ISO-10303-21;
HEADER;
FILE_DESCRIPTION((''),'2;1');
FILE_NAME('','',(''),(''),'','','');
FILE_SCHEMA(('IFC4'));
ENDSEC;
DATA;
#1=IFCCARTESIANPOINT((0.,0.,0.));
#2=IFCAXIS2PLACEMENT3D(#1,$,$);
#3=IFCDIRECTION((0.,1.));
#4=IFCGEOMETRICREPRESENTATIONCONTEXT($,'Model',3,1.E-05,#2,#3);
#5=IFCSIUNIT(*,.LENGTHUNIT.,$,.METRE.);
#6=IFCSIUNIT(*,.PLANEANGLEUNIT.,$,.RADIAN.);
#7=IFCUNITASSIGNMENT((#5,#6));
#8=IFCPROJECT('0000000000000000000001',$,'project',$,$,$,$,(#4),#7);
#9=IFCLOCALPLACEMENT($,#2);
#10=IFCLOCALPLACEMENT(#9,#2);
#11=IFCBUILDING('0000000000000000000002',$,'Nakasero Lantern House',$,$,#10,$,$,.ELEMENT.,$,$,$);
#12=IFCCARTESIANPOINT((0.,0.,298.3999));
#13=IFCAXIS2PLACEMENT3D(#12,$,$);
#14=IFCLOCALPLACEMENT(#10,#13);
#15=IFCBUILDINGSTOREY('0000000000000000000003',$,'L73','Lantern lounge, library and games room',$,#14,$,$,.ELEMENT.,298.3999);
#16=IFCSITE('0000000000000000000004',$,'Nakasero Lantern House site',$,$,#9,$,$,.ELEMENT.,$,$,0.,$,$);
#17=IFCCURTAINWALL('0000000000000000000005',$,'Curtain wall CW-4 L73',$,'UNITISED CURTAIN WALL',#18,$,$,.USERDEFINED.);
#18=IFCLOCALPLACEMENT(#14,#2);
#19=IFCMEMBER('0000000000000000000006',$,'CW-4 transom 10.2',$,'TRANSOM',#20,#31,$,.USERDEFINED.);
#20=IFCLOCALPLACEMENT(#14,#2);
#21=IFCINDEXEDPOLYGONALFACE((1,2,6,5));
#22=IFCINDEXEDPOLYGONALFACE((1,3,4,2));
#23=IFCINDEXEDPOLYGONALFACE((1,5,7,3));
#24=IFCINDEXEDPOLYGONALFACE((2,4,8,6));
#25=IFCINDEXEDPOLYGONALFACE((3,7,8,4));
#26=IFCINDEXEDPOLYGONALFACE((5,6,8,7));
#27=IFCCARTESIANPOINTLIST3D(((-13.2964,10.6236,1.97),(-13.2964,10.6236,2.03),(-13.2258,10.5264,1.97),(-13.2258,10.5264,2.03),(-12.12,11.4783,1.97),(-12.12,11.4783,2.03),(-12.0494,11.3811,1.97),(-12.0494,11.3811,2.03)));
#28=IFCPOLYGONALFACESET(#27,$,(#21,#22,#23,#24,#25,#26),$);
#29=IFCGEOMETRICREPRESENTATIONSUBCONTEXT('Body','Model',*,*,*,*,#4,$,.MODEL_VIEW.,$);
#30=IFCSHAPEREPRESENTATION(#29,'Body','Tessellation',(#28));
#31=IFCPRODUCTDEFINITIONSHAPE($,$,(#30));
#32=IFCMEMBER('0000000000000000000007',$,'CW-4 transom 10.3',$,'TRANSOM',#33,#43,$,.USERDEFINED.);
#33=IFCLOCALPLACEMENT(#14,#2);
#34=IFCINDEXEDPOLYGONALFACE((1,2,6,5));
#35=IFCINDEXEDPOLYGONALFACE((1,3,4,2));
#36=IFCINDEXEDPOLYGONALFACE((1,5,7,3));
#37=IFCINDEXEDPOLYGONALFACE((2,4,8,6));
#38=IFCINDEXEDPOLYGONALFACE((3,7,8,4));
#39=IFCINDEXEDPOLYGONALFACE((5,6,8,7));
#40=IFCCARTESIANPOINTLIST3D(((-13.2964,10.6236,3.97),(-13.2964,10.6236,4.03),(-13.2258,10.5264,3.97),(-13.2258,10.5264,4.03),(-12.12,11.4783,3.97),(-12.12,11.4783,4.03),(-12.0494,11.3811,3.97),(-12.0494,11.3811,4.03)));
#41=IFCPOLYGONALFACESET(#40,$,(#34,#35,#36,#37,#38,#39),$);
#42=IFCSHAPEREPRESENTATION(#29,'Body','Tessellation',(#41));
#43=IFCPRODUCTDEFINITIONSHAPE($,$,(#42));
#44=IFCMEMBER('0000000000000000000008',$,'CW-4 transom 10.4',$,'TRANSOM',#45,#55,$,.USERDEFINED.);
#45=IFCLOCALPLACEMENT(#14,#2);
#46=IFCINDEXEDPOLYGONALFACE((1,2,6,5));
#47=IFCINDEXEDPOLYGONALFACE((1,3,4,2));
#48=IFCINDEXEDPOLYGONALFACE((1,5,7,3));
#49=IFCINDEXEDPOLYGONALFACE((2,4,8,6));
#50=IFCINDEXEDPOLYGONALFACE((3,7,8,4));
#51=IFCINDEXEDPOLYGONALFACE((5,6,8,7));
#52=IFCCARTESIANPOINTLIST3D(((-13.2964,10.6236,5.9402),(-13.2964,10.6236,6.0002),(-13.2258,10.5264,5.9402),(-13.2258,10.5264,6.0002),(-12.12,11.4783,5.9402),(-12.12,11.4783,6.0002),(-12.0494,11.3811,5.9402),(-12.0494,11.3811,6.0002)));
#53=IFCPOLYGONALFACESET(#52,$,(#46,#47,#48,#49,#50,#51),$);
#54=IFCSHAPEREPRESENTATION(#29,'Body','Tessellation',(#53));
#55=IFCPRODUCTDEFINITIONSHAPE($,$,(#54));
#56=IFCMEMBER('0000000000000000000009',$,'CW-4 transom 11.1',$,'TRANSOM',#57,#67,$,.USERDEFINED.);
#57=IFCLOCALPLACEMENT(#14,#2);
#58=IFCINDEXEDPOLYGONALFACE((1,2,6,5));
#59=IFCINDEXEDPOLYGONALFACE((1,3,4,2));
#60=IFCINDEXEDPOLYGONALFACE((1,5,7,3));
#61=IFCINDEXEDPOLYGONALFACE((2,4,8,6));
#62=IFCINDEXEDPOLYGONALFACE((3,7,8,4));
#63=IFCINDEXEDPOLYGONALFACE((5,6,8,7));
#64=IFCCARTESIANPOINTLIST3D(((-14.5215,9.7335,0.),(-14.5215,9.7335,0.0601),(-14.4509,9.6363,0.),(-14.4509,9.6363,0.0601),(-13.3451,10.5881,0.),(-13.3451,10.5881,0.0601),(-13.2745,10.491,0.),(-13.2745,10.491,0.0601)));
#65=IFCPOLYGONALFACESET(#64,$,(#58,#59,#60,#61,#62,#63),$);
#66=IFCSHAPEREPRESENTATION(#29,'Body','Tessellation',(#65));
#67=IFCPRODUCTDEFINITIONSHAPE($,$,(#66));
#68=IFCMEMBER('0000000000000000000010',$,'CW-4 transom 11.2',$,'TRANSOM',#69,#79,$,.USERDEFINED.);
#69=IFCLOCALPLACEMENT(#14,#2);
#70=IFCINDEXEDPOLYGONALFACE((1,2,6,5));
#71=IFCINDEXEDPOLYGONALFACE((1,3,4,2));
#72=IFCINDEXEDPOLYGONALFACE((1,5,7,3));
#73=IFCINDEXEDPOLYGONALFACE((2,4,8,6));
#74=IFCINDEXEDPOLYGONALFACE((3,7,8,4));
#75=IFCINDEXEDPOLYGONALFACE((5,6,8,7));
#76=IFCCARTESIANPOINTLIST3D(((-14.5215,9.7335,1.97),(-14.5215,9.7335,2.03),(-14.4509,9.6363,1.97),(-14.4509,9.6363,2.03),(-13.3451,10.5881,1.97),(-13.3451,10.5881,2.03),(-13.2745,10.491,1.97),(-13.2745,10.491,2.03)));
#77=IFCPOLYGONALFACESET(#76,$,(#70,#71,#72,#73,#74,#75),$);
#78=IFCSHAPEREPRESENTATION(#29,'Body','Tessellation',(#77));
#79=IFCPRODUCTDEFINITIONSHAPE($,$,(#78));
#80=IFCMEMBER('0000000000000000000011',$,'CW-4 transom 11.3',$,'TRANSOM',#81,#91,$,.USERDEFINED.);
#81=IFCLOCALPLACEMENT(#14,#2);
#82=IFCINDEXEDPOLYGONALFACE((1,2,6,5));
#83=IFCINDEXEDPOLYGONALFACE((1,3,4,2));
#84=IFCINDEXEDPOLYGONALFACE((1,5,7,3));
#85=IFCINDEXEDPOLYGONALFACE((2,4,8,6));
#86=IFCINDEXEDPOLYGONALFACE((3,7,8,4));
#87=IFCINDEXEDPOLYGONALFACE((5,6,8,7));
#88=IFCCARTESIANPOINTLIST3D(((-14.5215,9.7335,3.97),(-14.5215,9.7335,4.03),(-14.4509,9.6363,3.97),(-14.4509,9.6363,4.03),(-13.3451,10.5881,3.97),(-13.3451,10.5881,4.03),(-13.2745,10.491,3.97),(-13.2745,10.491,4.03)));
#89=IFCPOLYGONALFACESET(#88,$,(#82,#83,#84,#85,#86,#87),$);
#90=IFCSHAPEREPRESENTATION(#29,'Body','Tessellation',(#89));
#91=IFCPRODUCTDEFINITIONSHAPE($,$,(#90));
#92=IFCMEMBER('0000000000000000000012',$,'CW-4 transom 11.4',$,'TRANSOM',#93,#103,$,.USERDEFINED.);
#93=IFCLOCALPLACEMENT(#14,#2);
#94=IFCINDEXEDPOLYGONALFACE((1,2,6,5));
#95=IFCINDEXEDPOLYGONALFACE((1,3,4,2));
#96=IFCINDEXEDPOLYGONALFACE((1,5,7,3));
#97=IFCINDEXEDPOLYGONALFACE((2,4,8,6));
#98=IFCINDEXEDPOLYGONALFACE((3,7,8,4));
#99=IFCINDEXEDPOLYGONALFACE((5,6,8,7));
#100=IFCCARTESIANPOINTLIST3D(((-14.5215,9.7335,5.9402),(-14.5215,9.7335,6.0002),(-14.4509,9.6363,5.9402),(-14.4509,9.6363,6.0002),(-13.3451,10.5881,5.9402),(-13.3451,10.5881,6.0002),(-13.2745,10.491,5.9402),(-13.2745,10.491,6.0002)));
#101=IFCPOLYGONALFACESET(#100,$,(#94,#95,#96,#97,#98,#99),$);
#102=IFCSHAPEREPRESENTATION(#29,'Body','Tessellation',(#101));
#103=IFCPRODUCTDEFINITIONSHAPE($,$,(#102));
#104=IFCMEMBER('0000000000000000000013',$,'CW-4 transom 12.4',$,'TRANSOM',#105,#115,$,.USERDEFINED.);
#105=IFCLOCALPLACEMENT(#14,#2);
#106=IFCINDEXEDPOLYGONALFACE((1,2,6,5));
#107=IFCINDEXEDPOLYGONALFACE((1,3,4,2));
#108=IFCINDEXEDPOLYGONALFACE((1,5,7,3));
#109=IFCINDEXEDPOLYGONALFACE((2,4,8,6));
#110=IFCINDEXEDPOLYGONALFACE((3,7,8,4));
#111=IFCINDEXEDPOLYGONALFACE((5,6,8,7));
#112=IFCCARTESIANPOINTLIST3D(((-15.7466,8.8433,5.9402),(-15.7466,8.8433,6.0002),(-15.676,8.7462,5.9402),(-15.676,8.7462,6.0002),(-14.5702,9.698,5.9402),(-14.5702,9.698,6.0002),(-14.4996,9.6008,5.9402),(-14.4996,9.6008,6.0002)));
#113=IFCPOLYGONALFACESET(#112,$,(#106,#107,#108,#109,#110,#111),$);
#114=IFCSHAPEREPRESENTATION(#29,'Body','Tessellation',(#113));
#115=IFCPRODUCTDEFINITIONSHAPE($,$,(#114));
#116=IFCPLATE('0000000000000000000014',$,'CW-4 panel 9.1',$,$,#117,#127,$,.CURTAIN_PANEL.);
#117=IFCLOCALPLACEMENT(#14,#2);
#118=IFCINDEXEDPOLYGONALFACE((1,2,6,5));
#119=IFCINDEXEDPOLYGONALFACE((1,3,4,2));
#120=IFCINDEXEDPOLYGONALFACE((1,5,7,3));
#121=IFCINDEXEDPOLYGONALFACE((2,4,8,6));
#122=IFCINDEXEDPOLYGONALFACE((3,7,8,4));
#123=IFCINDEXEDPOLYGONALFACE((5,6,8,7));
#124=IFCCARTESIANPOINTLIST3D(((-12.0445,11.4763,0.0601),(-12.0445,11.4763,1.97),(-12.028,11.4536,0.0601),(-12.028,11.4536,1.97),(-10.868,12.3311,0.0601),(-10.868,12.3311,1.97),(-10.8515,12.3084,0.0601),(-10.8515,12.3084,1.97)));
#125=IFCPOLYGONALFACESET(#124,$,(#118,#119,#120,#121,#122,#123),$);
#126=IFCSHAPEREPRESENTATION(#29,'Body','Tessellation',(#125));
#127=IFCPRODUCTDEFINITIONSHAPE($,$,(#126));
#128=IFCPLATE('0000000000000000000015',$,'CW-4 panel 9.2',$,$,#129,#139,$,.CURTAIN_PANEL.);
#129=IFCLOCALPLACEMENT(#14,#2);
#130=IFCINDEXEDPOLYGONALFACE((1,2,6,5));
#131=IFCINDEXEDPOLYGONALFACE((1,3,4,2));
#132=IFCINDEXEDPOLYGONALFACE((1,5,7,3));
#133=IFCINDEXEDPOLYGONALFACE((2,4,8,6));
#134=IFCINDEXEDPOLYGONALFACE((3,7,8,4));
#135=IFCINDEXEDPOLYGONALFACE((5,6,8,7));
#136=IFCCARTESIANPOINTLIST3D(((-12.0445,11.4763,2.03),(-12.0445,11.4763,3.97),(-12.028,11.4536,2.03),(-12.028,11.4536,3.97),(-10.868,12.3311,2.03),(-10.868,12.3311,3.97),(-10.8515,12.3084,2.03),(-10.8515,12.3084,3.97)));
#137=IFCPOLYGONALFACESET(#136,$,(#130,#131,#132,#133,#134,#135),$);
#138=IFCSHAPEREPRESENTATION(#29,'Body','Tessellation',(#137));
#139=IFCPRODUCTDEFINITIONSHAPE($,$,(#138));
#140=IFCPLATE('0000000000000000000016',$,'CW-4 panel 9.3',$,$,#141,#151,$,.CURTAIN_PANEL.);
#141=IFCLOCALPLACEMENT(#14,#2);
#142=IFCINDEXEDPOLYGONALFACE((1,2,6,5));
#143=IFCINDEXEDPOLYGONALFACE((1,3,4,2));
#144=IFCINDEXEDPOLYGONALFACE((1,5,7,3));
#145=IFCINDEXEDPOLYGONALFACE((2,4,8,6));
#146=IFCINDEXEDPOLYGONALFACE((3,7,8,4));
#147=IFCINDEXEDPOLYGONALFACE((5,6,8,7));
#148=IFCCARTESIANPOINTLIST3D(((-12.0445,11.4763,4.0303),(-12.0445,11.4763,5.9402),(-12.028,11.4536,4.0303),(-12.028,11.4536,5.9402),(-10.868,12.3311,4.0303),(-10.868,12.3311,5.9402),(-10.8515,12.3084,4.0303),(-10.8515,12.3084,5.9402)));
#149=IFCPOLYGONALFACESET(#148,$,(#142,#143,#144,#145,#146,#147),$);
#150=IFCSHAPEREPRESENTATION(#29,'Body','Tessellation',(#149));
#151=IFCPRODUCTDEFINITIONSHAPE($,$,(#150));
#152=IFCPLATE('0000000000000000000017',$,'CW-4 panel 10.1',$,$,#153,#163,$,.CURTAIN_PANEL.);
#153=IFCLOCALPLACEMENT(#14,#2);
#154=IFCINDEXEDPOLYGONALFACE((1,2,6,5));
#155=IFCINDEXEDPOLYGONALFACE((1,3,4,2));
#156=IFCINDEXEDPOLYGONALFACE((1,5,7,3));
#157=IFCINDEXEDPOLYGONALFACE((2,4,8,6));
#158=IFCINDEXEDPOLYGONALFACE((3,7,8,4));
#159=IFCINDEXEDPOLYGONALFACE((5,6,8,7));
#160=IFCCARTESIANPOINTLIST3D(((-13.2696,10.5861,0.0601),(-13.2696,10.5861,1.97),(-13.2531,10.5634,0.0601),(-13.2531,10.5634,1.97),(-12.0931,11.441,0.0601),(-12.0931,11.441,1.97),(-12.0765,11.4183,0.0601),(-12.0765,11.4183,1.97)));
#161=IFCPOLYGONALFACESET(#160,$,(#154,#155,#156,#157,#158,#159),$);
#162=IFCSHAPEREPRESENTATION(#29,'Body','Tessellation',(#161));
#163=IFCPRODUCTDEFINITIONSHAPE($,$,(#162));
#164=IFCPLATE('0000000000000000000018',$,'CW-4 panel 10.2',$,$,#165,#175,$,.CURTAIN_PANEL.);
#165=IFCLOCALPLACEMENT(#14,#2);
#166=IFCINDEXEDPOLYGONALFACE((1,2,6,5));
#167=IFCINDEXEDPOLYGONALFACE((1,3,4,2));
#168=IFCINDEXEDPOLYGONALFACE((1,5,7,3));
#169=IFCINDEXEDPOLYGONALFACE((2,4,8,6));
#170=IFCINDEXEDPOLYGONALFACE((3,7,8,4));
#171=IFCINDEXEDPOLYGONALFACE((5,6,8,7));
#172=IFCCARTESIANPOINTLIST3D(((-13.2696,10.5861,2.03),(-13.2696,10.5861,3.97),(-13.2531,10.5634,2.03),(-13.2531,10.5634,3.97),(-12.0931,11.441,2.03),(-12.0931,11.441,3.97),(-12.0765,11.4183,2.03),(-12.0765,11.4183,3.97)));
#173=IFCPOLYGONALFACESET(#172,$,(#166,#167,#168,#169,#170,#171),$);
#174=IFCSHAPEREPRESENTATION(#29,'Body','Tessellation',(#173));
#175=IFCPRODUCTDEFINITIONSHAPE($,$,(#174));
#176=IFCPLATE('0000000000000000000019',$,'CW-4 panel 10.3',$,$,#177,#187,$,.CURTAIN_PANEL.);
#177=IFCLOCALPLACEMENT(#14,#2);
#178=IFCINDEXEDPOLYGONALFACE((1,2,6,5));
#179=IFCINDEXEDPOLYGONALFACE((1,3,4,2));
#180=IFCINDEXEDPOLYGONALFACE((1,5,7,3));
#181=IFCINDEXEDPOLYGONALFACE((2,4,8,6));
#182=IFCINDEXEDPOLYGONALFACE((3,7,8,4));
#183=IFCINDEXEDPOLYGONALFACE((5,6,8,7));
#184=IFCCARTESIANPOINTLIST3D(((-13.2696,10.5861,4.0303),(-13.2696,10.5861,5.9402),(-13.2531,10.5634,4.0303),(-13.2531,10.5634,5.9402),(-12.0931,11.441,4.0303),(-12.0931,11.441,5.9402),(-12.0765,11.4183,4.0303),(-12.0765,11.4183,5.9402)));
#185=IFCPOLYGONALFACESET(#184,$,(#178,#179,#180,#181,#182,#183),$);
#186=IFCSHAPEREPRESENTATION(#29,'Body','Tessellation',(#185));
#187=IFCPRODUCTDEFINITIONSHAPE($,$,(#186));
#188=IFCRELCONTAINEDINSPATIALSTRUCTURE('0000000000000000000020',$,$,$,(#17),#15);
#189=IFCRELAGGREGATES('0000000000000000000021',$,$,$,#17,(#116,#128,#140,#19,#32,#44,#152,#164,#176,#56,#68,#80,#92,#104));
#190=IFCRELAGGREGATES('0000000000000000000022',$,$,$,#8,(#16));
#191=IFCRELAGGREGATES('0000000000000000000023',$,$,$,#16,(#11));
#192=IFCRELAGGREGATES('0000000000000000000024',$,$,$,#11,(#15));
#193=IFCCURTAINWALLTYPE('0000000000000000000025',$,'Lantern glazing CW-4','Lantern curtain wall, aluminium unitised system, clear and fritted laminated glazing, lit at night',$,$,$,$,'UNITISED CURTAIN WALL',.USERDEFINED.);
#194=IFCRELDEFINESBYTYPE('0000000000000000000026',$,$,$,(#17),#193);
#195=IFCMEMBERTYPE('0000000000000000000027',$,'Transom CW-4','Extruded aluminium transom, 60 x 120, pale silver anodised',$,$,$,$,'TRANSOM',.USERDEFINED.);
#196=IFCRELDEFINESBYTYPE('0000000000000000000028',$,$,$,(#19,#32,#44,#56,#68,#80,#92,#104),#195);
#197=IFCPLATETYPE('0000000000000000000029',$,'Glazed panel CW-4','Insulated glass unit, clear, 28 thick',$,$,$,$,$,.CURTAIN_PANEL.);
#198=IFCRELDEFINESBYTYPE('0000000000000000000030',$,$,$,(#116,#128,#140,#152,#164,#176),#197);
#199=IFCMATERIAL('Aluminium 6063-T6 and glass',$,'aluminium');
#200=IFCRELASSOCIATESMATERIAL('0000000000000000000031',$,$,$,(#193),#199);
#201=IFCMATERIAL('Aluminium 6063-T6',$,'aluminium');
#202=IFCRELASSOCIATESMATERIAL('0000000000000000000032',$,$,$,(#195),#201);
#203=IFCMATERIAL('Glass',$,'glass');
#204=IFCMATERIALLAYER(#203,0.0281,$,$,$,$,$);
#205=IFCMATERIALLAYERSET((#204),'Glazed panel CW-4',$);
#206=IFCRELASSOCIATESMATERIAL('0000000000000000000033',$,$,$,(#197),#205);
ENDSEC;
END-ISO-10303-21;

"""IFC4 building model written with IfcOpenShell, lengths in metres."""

from ifc_helpers import new_model, si_unit, direction, frame, origin, origin_2d, place, context, subcontext, project, spatial, rectangle, extrude, material, layer, layer_set, material_profile, profile_set, type_object, element, aggregate, save


model = new_model("IFC4")

# Units and contexts
model_context = context("Model", 3, precision=1e-05, world=origin(), true_north=direction((0.0, 1.0)))
body_context = subcontext(model_context, "Body", "Model", "MODEL_VIEW")
ifc_project = project(units=[si_unit("LENGTHUNIT", "METRE"), si_unit("PLANEANGLEUNIT", "RADIAN")], contexts=[model_context])

# Site, building, storey
site_placement = place(None, origin())
site = spatial("IfcSite", under=ifc_project, at=site_placement, Name="Nakasero Lantern House site", CompositionType="ELEMENT", RefElevation=0.0)
building_placement = place(site_placement, origin())
building = spatial("IfcBuilding", under=site, at=building_placement, Name="Nakasero Lantern House", CompositionType="ELEMENT")
storey_placement = place(building_placement, frame((0.0, 0.0, 298.3999)))
storey = spatial("IfcBuildingStorey", under=building, at=storey_placement, Name="L73", Description="Lantern lounge, library and games room", CompositionType="ELEMENT", Elevation=298.3999)

# Curtain wall
ifc_material_1 = material(Name="Aluminium 6063-T6 and glass", Category="aluminium")
curtain_wall_type = type_object("IfcCurtainWallType", Name="Lantern glazing CW-4", Description="Lantern curtain wall, aluminium unitised system, clear and fritted laminated glazing, lit at night", ElementType="UNITISED CURTAIN WALL", PredefinedType="USERDEFINED", material=ifc_material_1)
curtain_wall_placement = place(storey_placement, origin())
curtain_wall = element("IfcCurtainWall", 1, at=curtain_wall_placement, inside=storey, type_object=curtain_wall_type, Name="Curtain wall CW-4 L73", ObjectType="UNITISED CURTAIN WALL", PredefinedType="USERDEFINED")

# Members
ifc_material_2 = material(Name="Aluminium 6063-T6", Category="aluminium")
ifc_material_profile_1 = material_profile(ifc_material_2, rectangle(XDim=0.0601, YDim=0.1201, at=origin_2d()), Name="CW-4 transom 60x120")
ifc_profile_set_1 = profile_set([ifc_material_profile_1], Name="Aluminium 6063-T6")
member_type_1 = type_object("IfcMemberType", Name="Transom CW-4", Description="Extruded aluminium transom, 60 x 120, pale silver anodised", ElementType="TRANSOM", PredefinedType="USERDEFINED", material=ifc_profile_set_1)
member_1_placement = place(storey_placement, frame((-12.0847, 11.4297, 2.0), z_axis=(-0.809034, -0.587762, 0.0), x_axis=(0.0, 0.0, 1.0)))
member_1 = element("IfcMember", 2, at=member_1_placement, type_object=member_type_1, Name="CW-4 transom 10.2", ObjectType="TRANSOM", PredefinedType="USERDEFINED", context=body_context, shape_type="SweptSolid", body=[
    extrude(rectangle(XDim=0.0601, YDim=0.1201, at=origin_2d()), origin(), (0.0, 0.0, 1.0), 1.4541),
])
member_2_placement = place(storey_placement, frame((-12.0847, 11.4297, 4.0), z_axis=(-0.809034, -0.587762, 0.0), x_axis=(0.0, 0.0, 1.0)))
member_2 = element("IfcMember", 3, at=member_2_placement, type_object=member_type_1, Name="CW-4 transom 10.3", ObjectType="TRANSOM", PredefinedType="USERDEFINED", context=body_context, shape_type="SweptSolid", body=[
    extrude(rectangle(XDim=0.0601, YDim=0.1201, at=origin_2d()), origin(), (0.0, 0.0, 1.0), 1.4541),
])
member_3_placement = place(storey_placement, frame((-12.0847, 11.4297, 5.9702), z_axis=(-0.809034, -0.587762, 0.0), x_axis=(0.0, 0.0, 1.0)))
member_3 = element("IfcMember", 4, at=member_3_placement, type_object=member_type_1, Name="CW-4 transom 10.4", ObjectType="TRANSOM", PredefinedType="USERDEFINED", context=body_context, shape_type="SweptSolid", body=[
    extrude(rectangle(XDim=0.0601, YDim=0.1201, at=origin_2d()), origin(), (0.0, 0.0, 1.0), 1.4541),
])
member_4_placement = place(storey_placement, frame((-13.3098, 10.5396, 0.03), z_axis=(-0.809034, -0.587762, 0.0), x_axis=(0.0, 0.0, 1.0)))
member_4 = element("IfcMember", 5, at=member_4_placement, type_object=member_type_1, Name="CW-4 transom 11.1", ObjectType="TRANSOM", PredefinedType="USERDEFINED", context=body_context, shape_type="SweptSolid", body=[
    extrude(rectangle(XDim=0.0601, YDim=0.1201, at=origin_2d()), origin(), (0.0, 0.0, 1.0), 1.4541),
])
member_5_placement = place(storey_placement, frame((-13.3098, 10.5396, 2.0), z_axis=(-0.809034, -0.587762, 0.0), x_axis=(0.0, 0.0, 1.0)))
member_5 = element("IfcMember", 6, at=member_5_placement, type_object=member_type_1, Name="CW-4 transom 11.2", ObjectType="TRANSOM", PredefinedType="USERDEFINED", context=body_context, shape_type="SweptSolid", body=[
    extrude(rectangle(XDim=0.0601, YDim=0.1201, at=origin_2d()), origin(), (0.0, 0.0, 1.0), 1.4541),
])
member_6_placement = place(storey_placement, frame((-13.3098, 10.5396, 4.0), z_axis=(-0.809034, -0.587762, 0.0), x_axis=(0.0, 0.0, 1.0)))
member_6 = element("IfcMember", 7, at=member_6_placement, type_object=member_type_1, Name="CW-4 transom 11.3", ObjectType="TRANSOM", PredefinedType="USERDEFINED", context=body_context, shape_type="SweptSolid", body=[
    extrude(rectangle(XDim=0.0601, YDim=0.1201, at=origin_2d()), origin(), (0.0, 0.0, 1.0), 1.4541),
])
member_7_placement = place(storey_placement, frame((-13.3098, 10.5396, 5.9702), z_axis=(-0.809034, -0.587762, 0.0), x_axis=(0.0, 0.0, 1.0)))
member_7 = element("IfcMember", 8, at=member_7_placement, type_object=member_type_1, Name="CW-4 transom 11.4", ObjectType="TRANSOM", PredefinedType="USERDEFINED", context=body_context, shape_type="SweptSolid", body=[
    extrude(rectangle(XDim=0.0601, YDim=0.1201, at=origin_2d()), origin(), (0.0, 0.0, 1.0), 1.4541),
])
member_8_placement = place(storey_placement, frame((-14.5349, 9.6494, 5.9702), z_axis=(-0.809034, -0.587762, 0.0), x_axis=(0.0, 0.0, 1.0)))
member_8 = element("IfcMember", 9, at=member_8_placement, type_object=member_type_1, Name="CW-4 transom 12.4", ObjectType="TRANSOM", PredefinedType="USERDEFINED", context=body_context, shape_type="SweptSolid", body=[
    extrude(rectangle(XDim=0.0601, YDim=0.1201, at=origin_2d()), origin(), (0.0, 0.0, 1.0), 1.4541),
])

# Plates
ifc_material_3 = material(Name="Glass", Category="glass")
ifc_layer = layer(ifc_material_3, 0.0281)
ifc_layer_set = layer_set([ifc_layer], Name="Glazed panel CW-4")
plate_type = type_object("IfcPlateType", Name="Glazed panel CW-4", Description="Insulated glass unit, clear, 28 thick", PredefinedType="CURTAIN_PANEL", material=ifc_layer_set)
plate_1_placement = place(storey_placement, frame((-11.448, 11.8923, 0.0601), z_axis=(0.0, 0.0, 1.0), x_axis=(-0.809017, -0.587785, 0.0)))
plate_1 = element("IfcPlate", 10, at=plate_1_placement, type_object=plate_type, Name="CW-4 panel 9.1", PredefinedType="CURTAIN_PANEL", context=body_context, shape_type="SweptSolid", body=[
    extrude(rectangle(XDim=1.4543, YDim=0.0281, at=origin_2d()), origin(), (0.0, 0.0, 1.0), 1.9099),
])
plate_2_placement = place(storey_placement, frame((-11.448, 11.8923, 2.03), z_axis=(0.0, 0.0, 1.0), x_axis=(-0.809017, -0.587785, 0.0)))
plate_2 = element("IfcPlate", 11, at=plate_2_placement, type_object=plate_type, Name="CW-4 panel 9.2", PredefinedType="CURTAIN_PANEL", context=body_context, shape_type="SweptSolid", body=[
    extrude(rectangle(XDim=1.4543, YDim=0.0281, at=origin_2d()), origin(), (0.0, 0.0, 1.0), 1.9399),
])
plate_3_placement = place(storey_placement, frame((-11.448, 11.8923, 4.0303), z_axis=(0.0, 0.0, 1.0), x_axis=(-0.809017, -0.587785, 0.0)))
plate_3 = element("IfcPlate", 12, at=plate_3_placement, type_object=plate_type, Name="CW-4 panel 9.3", PredefinedType="CURTAIN_PANEL", context=body_context, shape_type="SweptSolid", body=[
    extrude(rectangle(XDim=1.4543, YDim=0.0281, at=origin_2d()), origin(), (0.0, 0.0, 1.0), 1.9099),
])
plate_4_placement = place(storey_placement, frame((-12.6731, 11.0022, 0.0601), z_axis=(0.0, 0.0, 1.0), x_axis=(-0.809017, -0.587785, 0.0)))
plate_4 = element("IfcPlate", 13, at=plate_4_placement, type_object=plate_type, Name="CW-4 panel 10.1", PredefinedType="CURTAIN_PANEL", context=body_context, shape_type="SweptSolid", body=[
    extrude(rectangle(XDim=1.4543, YDim=0.0281, at=origin_2d()), origin(), (0.0, 0.0, 1.0), 1.9099),
])
plate_5_placement = place(storey_placement, frame((-12.6731, 11.0022, 2.03), z_axis=(0.0, 0.0, 1.0), x_axis=(-0.809017, -0.587785, 0.0)))
plate_5 = element("IfcPlate", 14, at=plate_5_placement, type_object=plate_type, Name="CW-4 panel 10.2", PredefinedType="CURTAIN_PANEL", context=body_context, shape_type="SweptSolid", body=[
    extrude(rectangle(XDim=1.4543, YDim=0.0281, at=origin_2d()), origin(), (0.0, 0.0, 1.0), 1.9399),
])
plate_6_placement = place(storey_placement, frame((-12.6731, 11.0022, 4.0303), z_axis=(0.0, 0.0, 1.0), x_axis=(-0.809017, -0.587785, 0.0)))
plate_6 = element("IfcPlate", 15, at=plate_6_placement, type_object=plate_type, Name="CW-4 panel 10.3", PredefinedType="CURTAIN_PANEL", context=body_context, shape_type="SweptSolid", body=[
    extrude(rectangle(XDim=1.4543, YDim=0.0281, at=origin_2d()), origin(), (0.0, 0.0, 1.0), 1.9099),
])
aggregate(curtain_wall, [plate_1, plate_2, plate_3, member_1, member_2, member_3, plate_4, plate_5, plate_6, member_4, member_5, member_6, member_7, member_8])

save(model, "model.ifc")
